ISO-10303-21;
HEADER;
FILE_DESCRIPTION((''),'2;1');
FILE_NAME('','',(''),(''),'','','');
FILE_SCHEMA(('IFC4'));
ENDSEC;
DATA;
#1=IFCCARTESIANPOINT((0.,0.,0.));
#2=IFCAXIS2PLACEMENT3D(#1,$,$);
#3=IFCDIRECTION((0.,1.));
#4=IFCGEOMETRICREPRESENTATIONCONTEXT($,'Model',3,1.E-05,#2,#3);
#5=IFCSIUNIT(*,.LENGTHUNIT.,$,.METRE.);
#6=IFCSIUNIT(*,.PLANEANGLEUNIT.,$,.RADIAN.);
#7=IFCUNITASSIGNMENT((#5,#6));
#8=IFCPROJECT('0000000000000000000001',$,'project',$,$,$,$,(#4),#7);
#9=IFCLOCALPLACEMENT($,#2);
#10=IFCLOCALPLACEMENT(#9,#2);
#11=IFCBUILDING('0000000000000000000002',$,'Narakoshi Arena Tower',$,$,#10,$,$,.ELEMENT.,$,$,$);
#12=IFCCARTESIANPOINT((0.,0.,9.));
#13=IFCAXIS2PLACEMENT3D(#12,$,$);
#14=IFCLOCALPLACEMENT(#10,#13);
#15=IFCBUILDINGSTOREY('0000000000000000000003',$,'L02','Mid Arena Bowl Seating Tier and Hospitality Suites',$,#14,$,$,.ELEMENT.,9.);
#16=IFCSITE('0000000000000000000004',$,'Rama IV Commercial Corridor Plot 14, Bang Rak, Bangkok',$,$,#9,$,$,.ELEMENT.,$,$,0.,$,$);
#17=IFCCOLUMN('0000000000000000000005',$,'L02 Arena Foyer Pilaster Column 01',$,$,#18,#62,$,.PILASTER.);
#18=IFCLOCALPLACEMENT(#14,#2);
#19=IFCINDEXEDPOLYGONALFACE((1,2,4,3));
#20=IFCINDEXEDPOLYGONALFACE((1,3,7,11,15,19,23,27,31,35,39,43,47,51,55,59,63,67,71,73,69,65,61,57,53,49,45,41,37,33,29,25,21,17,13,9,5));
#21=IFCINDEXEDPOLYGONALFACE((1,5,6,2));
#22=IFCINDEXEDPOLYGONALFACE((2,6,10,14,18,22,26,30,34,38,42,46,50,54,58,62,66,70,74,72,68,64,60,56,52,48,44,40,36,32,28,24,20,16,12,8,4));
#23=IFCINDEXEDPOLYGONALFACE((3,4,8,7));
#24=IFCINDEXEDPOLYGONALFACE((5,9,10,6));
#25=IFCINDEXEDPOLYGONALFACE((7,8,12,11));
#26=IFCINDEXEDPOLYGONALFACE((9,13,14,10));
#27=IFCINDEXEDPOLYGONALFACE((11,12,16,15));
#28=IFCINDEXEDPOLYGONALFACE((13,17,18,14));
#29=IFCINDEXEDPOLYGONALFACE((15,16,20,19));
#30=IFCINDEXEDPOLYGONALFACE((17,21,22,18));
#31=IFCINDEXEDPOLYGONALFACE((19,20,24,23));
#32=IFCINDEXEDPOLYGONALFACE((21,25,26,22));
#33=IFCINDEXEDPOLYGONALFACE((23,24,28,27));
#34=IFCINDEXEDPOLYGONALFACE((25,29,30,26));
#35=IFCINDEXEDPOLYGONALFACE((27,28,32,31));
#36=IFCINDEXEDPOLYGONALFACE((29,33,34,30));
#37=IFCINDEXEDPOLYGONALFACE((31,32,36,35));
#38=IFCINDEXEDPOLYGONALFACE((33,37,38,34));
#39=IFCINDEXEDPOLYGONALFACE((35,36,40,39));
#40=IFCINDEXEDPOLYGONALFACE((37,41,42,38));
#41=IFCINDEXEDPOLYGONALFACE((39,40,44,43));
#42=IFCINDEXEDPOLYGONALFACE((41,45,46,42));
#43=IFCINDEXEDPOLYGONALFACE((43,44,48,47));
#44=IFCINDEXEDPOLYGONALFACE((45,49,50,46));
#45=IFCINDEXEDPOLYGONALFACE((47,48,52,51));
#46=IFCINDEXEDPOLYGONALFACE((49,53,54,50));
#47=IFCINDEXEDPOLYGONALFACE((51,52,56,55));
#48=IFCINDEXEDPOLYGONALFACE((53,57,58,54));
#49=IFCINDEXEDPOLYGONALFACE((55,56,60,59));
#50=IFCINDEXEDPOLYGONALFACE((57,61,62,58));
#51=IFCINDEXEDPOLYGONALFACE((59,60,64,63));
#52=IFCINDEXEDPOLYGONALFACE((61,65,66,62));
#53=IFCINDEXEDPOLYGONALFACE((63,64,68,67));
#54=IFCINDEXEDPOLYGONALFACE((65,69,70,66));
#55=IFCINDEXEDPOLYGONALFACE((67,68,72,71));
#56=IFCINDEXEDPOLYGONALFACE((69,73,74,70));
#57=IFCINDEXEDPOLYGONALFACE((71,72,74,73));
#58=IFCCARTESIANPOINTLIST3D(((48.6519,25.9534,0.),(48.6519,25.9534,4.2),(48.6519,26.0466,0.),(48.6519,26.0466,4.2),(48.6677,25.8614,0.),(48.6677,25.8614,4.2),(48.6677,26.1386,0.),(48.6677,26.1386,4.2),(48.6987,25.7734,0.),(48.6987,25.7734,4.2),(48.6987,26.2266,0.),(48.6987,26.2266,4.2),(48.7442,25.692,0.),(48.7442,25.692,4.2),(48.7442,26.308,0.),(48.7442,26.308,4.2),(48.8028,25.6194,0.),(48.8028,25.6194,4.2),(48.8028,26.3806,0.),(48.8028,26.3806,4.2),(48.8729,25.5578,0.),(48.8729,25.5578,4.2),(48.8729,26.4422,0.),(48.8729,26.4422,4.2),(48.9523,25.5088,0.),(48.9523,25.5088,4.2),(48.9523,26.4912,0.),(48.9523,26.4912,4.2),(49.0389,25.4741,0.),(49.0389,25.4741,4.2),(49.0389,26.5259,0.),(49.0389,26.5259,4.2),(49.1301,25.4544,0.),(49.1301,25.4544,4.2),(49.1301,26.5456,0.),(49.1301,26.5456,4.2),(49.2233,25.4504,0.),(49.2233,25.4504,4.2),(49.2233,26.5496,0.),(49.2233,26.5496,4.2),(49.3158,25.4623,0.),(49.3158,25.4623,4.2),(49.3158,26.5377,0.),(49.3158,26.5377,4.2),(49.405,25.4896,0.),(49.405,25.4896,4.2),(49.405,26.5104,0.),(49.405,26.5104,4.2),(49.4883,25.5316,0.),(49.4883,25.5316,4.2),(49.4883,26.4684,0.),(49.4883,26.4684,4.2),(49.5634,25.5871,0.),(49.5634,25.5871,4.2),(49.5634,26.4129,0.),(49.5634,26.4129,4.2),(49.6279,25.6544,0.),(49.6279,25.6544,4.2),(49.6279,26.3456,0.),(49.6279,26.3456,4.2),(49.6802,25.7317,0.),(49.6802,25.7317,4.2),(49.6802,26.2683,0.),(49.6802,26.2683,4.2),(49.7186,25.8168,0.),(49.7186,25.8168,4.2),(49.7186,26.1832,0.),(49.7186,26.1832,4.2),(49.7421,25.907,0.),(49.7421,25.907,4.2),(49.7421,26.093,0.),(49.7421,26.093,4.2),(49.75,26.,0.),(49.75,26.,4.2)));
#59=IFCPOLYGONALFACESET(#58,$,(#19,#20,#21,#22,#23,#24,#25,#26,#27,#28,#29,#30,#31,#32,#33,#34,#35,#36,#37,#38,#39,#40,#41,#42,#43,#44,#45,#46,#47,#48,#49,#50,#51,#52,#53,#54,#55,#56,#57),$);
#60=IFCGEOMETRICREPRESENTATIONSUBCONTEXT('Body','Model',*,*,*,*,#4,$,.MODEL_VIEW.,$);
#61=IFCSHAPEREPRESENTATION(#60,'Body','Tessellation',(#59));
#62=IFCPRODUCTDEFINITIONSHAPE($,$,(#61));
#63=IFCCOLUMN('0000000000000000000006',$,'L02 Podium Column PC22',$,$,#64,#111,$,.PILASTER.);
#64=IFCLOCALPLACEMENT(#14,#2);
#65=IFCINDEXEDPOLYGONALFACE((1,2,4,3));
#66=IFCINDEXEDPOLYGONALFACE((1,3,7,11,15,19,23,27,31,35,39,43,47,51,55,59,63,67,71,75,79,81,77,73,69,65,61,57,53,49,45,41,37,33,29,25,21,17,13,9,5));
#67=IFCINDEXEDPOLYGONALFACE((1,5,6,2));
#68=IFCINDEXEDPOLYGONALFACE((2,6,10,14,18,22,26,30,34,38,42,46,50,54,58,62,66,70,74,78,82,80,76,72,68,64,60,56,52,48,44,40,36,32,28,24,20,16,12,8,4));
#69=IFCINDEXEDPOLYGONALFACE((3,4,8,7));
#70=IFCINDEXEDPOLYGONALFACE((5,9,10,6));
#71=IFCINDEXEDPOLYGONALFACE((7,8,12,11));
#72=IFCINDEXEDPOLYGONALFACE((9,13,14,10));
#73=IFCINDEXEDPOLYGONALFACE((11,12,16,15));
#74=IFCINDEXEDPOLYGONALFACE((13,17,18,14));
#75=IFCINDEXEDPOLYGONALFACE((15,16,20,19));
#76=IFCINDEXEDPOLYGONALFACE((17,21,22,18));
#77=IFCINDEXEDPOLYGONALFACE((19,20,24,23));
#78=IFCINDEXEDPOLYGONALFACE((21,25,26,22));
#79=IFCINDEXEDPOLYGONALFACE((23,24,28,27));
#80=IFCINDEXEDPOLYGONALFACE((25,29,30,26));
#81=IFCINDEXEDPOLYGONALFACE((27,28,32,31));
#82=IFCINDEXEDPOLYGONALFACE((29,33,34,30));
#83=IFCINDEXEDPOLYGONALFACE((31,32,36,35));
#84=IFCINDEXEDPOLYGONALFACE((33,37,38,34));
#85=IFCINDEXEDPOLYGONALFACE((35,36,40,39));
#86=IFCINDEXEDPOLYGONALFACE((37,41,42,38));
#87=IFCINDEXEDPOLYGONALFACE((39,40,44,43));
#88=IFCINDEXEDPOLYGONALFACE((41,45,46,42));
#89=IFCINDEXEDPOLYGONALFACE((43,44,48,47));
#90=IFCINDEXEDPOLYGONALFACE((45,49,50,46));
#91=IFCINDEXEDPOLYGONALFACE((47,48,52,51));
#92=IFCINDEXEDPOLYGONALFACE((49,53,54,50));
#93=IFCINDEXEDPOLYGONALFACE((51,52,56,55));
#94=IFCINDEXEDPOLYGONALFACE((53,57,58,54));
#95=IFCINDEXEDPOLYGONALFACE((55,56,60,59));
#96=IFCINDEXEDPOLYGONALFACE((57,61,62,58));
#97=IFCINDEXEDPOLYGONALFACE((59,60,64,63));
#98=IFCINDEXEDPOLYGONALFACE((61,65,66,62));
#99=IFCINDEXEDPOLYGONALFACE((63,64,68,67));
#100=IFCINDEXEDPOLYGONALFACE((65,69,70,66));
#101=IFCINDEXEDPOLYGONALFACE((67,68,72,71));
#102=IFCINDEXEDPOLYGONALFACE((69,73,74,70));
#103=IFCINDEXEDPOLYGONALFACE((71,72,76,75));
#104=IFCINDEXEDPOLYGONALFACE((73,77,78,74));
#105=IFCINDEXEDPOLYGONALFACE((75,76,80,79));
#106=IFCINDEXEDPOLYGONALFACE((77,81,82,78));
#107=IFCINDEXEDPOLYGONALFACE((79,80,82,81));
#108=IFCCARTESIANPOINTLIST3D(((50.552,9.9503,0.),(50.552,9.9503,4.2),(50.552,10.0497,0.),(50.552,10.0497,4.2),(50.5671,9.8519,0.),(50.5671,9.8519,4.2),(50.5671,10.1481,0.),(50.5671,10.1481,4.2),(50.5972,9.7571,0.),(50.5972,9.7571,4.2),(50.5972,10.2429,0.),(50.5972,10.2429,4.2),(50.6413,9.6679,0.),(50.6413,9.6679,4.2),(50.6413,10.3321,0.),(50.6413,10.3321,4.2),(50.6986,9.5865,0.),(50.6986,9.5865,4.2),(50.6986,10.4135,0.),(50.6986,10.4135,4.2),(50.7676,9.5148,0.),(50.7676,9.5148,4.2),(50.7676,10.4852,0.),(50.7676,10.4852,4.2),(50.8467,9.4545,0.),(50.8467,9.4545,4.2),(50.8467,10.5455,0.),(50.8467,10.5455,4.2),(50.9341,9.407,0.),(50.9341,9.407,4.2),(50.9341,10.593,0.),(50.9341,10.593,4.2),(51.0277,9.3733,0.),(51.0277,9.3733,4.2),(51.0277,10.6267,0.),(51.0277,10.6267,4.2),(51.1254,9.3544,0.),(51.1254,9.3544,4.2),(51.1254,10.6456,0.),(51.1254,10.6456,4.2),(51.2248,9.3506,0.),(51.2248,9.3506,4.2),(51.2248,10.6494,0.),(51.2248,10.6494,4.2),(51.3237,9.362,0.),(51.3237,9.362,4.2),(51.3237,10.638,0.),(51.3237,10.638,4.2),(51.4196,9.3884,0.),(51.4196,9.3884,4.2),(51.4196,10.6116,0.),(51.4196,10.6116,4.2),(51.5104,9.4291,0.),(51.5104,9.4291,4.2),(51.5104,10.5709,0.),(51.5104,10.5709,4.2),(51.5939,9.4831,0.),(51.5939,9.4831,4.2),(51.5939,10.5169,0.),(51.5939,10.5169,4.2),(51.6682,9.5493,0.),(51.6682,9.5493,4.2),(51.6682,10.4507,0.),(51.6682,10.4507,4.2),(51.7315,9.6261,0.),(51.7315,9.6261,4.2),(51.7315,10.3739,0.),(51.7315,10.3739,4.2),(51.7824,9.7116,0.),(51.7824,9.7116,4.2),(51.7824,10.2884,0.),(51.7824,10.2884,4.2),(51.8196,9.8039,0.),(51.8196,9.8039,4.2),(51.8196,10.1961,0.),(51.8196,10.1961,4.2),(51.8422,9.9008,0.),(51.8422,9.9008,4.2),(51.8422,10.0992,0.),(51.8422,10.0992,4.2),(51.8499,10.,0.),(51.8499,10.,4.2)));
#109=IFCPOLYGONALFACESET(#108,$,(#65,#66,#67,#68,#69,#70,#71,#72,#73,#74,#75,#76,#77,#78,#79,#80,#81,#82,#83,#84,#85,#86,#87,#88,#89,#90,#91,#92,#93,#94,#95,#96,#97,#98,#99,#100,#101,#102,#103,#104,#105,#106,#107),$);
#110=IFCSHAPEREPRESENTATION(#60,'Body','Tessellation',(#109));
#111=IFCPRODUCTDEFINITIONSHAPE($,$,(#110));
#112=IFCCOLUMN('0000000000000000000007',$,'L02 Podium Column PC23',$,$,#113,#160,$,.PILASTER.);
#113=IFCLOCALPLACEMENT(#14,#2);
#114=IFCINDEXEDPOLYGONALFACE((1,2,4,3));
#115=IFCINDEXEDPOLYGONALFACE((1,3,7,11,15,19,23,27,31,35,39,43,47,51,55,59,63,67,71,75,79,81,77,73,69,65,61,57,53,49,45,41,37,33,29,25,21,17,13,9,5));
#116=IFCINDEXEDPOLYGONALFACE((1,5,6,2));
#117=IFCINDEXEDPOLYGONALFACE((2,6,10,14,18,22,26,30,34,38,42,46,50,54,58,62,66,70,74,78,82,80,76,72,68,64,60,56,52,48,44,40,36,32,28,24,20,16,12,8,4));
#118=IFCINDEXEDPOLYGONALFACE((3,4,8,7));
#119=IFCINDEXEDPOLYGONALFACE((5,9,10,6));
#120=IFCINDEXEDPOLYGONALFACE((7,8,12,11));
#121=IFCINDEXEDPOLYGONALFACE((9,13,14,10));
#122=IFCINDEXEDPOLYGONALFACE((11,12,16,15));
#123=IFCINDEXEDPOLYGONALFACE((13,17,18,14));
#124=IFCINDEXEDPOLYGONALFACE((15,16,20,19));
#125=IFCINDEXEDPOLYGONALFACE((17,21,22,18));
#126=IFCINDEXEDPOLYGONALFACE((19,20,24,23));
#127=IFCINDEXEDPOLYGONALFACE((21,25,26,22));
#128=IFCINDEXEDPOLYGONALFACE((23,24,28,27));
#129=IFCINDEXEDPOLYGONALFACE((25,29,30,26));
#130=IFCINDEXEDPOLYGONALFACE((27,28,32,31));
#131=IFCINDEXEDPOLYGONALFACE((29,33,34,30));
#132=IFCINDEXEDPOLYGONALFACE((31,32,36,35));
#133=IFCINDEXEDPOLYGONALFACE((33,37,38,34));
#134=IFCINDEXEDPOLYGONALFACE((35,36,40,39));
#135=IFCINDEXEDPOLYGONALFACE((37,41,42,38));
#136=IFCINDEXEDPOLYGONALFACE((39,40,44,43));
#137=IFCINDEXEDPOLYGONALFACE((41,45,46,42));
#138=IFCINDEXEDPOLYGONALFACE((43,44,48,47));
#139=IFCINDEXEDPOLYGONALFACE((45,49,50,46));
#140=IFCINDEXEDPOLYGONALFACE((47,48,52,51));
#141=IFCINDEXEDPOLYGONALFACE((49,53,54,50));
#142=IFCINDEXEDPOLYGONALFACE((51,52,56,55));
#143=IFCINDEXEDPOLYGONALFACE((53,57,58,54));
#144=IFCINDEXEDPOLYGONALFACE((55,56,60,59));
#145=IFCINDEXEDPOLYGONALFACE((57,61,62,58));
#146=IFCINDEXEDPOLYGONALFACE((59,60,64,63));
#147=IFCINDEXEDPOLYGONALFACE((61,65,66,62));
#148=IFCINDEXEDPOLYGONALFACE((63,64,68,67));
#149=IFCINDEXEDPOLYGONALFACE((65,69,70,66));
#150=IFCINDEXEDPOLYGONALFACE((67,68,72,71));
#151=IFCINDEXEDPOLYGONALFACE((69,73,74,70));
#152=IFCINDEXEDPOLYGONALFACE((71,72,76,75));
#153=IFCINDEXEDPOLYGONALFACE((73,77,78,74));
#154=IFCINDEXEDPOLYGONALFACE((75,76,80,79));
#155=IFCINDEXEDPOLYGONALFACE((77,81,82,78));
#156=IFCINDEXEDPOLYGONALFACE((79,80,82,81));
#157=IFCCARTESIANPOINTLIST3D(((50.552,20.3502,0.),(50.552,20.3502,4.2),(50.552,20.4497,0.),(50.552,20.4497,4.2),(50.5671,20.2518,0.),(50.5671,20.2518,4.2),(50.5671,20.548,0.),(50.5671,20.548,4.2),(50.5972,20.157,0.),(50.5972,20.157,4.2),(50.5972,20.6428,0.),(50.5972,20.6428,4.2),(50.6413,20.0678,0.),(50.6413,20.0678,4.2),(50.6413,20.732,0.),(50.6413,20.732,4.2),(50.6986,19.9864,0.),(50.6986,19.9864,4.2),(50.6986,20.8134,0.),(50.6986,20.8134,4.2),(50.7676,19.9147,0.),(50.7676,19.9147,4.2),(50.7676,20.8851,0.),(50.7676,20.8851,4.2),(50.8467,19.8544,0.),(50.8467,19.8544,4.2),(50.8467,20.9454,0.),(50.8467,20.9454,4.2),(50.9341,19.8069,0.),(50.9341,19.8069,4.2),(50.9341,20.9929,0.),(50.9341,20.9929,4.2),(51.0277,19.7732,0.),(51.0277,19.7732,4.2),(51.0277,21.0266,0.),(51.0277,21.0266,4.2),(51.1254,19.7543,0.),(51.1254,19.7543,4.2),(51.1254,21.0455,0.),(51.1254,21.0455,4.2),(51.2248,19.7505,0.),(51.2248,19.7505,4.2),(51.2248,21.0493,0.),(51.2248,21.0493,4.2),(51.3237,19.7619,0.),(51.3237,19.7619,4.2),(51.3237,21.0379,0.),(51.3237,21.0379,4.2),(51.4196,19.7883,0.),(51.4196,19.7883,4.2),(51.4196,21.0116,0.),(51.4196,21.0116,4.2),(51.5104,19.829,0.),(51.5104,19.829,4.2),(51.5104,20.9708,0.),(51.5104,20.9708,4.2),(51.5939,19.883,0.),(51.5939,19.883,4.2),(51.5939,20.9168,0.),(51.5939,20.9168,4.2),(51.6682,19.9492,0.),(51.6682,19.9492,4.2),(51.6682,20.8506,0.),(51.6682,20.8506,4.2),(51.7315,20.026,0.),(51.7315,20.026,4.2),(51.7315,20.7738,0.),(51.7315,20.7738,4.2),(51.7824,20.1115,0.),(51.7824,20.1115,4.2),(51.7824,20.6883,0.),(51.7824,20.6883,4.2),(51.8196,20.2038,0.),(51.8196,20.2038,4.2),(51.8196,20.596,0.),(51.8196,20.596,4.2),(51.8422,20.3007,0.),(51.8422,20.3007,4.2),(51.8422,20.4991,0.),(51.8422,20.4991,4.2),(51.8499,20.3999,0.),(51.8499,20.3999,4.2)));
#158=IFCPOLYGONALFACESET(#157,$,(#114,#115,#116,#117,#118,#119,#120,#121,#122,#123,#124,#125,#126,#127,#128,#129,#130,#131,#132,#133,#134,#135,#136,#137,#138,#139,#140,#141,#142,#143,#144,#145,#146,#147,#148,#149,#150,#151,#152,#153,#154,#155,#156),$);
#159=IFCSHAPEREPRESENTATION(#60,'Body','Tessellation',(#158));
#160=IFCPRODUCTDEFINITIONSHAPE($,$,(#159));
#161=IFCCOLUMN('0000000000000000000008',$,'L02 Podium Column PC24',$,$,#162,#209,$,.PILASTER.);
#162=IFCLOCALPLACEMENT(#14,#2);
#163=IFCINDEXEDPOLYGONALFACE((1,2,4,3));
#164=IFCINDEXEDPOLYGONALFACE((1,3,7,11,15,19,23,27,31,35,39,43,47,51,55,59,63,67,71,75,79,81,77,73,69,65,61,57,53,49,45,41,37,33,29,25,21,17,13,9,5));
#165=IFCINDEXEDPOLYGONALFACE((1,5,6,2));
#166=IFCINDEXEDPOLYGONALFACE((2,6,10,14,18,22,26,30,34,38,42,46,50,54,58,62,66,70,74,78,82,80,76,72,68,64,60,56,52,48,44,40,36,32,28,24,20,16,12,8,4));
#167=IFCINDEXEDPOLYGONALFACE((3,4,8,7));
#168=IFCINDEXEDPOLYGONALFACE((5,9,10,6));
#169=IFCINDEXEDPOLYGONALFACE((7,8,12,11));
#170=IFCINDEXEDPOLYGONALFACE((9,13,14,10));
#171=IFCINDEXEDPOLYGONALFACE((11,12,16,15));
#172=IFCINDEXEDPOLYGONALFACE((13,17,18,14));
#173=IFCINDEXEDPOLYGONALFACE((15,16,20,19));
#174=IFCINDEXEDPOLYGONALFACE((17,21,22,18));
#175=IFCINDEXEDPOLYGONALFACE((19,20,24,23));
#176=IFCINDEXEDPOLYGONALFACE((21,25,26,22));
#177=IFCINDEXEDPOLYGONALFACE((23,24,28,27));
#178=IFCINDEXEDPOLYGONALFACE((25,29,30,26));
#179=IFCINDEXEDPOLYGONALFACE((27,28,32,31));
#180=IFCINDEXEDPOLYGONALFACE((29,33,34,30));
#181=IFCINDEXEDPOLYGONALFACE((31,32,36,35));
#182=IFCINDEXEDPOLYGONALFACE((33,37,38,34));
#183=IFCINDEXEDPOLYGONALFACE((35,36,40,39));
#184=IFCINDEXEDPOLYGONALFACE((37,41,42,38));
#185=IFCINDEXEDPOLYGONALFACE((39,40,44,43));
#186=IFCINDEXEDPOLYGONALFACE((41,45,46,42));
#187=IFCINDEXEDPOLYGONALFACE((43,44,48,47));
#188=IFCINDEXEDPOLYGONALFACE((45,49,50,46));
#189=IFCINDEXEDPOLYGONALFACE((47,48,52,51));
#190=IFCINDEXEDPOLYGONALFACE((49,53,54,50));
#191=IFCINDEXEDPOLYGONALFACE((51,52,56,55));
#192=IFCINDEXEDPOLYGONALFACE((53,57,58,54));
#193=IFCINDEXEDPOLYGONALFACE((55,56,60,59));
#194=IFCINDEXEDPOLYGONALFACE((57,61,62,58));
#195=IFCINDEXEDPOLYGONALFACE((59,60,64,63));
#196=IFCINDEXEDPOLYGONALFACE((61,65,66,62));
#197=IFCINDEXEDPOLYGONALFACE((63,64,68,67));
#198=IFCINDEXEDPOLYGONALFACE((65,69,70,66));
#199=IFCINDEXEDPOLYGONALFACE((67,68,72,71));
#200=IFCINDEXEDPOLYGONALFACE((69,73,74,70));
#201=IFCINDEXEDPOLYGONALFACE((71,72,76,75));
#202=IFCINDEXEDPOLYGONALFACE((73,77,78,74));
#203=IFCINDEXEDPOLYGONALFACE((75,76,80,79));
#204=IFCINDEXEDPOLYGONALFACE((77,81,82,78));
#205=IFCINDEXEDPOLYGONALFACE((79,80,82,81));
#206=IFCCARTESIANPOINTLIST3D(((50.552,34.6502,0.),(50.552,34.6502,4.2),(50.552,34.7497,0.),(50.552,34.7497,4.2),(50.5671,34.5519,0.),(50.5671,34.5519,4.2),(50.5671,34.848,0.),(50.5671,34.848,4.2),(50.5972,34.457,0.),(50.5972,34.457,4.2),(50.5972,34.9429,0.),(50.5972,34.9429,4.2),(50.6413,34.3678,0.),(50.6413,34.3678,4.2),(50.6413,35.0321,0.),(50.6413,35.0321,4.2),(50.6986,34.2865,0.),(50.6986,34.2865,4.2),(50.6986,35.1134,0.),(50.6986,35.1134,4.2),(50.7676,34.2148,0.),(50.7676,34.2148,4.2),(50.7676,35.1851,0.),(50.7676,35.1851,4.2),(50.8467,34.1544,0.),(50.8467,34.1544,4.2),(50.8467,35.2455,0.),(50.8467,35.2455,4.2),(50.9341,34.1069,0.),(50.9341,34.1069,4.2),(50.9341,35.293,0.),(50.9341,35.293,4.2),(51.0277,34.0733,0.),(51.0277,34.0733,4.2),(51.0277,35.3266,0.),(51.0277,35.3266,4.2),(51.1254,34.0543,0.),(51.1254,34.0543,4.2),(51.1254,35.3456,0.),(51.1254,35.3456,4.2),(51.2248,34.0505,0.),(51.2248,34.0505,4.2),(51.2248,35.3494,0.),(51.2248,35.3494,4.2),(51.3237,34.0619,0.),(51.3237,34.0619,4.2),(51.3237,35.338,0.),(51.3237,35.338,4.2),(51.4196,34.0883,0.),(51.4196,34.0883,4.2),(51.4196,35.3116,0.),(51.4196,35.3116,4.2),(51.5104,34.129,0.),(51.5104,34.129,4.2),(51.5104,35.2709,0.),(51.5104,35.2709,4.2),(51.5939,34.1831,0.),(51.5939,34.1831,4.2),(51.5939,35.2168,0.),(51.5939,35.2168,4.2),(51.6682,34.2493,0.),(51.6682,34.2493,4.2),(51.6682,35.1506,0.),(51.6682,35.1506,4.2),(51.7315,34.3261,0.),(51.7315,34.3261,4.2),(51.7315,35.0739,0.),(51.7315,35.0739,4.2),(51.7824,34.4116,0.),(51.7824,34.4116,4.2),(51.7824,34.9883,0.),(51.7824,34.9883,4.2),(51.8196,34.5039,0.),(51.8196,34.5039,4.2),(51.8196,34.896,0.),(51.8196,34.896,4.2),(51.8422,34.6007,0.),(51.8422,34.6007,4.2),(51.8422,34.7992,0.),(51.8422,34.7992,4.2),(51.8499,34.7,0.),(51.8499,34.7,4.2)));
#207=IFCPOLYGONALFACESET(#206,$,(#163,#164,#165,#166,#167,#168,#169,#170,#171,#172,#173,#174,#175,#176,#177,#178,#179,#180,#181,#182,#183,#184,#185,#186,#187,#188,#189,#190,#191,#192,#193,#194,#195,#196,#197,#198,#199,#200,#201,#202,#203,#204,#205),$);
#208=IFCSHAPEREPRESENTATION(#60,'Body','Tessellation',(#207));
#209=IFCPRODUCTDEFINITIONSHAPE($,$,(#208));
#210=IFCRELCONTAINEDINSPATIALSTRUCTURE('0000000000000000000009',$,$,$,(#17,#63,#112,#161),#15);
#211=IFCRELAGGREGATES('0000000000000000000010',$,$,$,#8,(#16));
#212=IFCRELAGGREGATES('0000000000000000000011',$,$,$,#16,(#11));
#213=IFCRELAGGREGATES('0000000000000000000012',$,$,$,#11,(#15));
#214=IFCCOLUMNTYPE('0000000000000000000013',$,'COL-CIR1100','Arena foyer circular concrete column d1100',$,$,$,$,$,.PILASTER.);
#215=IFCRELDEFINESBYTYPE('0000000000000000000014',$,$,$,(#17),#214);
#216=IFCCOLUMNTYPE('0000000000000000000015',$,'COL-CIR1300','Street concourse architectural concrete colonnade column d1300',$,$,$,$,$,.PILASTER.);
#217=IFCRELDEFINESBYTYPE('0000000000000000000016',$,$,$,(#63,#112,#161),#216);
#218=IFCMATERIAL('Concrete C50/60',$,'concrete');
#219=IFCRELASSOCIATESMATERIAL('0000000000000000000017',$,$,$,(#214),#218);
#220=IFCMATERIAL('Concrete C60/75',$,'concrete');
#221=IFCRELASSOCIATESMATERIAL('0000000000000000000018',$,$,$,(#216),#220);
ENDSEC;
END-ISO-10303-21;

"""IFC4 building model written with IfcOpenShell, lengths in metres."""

from ifc_helpers import new_model, si_unit, direction, frame, origin, origin_2d, place, context, subcontext, project, spatial, circle, extrude, material, material_profile, profile_set, type_object, element, save


model = new_model("IFC4")

# Units and contexts
model_context = context("Model", 3, precision=1e-05, world=origin(), true_north=direction((0.0, 1.0)))
body_context = subcontext(model_context, "Body", "Model", "MODEL_VIEW")
ifc_project = project(units=[si_unit("LENGTHUNIT", "METRE"), si_unit("PLANEANGLEUNIT", "RADIAN")], contexts=[model_context])

# Site, building, storey
site_placement = place(None, origin())
site = spatial("IfcSite", under=ifc_project, at=site_placement, Name="Rama IV Commercial Corridor Plot 14, Bang Rak, Bangkok", CompositionType="ELEMENT", RefElevation=0.0)
building_placement = place(site_placement, origin())
building = spatial("IfcBuilding", under=site, at=building_placement, Name="Narakoshi Arena Tower", CompositionType="ELEMENT")
storey_placement = place(building_placement, frame((0.0, 0.0, 9.0)))
storey = spatial("IfcBuildingStorey", under=building, at=storey_placement, Name="L02", Description="Mid Arena Bowl Seating Tier and Hospitality Suites", CompositionType="ELEMENT", Elevation=9.0)

# Columns
ifc_material_1 = material(Name="Concrete C50/60", Category="concrete")
ifc_material_profile_1 = material_profile(ifc_material_1, circle(Radius=0.55, at=origin_2d()), Name="RCC1100")
ifc_profile_set_1 = profile_set([ifc_material_profile_1], Name="Concrete C50/60")
column_type_1 = type_object("IfcColumnType", Name="COL-CIR1100", Description="Arena foyer circular concrete column d1100", PredefinedType="PILASTER", material=ifc_profile_set_1)
column_placement = place(storey_placement, frame((49.2, 26.0, 0.0), z_axis=(0.0, 0.0, 1.0), x_axis=(1.0, 0.0, 0.0)))
element("IfcColumn", 1, at=column_placement, inside=storey, type_object=column_type_1, Name="L02 Arena Foyer Pilaster Column 01", PredefinedType="PILASTER", context=body_context, shape_type="SweptSolid", body=[
    extrude(circle(Radius=0.55, at=origin_2d()), origin(), (0.0, 0.0, 1.0), 4.2),
])
ifc_material_2 = material(Name="Concrete C60/75", Category="concrete")
ifc_material_profile_2 = material_profile(ifc_material_2, circle(Radius=0.6499, at=origin_2d()), Name="RCC1300")
ifc_profile_set_2 = profile_set([ifc_material_profile_2], Name="Concrete C60/75")
column_type_2 = type_object("IfcColumnType", Name="COL-CIR1300", Description="Street concourse architectural concrete colonnade column d1300", PredefinedType="PILASTER", material=ifc_profile_set_2)
for number, where, z_axis, x_axis, name in (
    (2, (51.2, 10.0, 0.0), (0.0, 0.0, 1.0), (1.0, 0.0, 0.0), "L02 Podium Column PC22"),
    (3, (51.2, 20.3999, 0.0), (0.0, 0.0, 1.0), (1.0, 0.0, 0.0), "L02 Podium Column PC23"),
    (4, (51.2, 34.7, 0.0), (0.0, 0.0, 1.0), (1.0, 0.0, 0.0), "L02 Podium Column PC24"),
):
    element("IfcColumn", number, at=place(storey_placement, frame(where, z_axis=z_axis, x_axis=x_axis)), inside=storey, type_object=column_type_2, Name=name, PredefinedType="PILASTER", context=body_context, shape_type="SweptSolid", body=[
        extrude(circle(Radius=0.6499, at=origin_2d()), origin(), (0.0, 0.0, 1.0), 4.2),
    ])

save(model, "model.ifc")
